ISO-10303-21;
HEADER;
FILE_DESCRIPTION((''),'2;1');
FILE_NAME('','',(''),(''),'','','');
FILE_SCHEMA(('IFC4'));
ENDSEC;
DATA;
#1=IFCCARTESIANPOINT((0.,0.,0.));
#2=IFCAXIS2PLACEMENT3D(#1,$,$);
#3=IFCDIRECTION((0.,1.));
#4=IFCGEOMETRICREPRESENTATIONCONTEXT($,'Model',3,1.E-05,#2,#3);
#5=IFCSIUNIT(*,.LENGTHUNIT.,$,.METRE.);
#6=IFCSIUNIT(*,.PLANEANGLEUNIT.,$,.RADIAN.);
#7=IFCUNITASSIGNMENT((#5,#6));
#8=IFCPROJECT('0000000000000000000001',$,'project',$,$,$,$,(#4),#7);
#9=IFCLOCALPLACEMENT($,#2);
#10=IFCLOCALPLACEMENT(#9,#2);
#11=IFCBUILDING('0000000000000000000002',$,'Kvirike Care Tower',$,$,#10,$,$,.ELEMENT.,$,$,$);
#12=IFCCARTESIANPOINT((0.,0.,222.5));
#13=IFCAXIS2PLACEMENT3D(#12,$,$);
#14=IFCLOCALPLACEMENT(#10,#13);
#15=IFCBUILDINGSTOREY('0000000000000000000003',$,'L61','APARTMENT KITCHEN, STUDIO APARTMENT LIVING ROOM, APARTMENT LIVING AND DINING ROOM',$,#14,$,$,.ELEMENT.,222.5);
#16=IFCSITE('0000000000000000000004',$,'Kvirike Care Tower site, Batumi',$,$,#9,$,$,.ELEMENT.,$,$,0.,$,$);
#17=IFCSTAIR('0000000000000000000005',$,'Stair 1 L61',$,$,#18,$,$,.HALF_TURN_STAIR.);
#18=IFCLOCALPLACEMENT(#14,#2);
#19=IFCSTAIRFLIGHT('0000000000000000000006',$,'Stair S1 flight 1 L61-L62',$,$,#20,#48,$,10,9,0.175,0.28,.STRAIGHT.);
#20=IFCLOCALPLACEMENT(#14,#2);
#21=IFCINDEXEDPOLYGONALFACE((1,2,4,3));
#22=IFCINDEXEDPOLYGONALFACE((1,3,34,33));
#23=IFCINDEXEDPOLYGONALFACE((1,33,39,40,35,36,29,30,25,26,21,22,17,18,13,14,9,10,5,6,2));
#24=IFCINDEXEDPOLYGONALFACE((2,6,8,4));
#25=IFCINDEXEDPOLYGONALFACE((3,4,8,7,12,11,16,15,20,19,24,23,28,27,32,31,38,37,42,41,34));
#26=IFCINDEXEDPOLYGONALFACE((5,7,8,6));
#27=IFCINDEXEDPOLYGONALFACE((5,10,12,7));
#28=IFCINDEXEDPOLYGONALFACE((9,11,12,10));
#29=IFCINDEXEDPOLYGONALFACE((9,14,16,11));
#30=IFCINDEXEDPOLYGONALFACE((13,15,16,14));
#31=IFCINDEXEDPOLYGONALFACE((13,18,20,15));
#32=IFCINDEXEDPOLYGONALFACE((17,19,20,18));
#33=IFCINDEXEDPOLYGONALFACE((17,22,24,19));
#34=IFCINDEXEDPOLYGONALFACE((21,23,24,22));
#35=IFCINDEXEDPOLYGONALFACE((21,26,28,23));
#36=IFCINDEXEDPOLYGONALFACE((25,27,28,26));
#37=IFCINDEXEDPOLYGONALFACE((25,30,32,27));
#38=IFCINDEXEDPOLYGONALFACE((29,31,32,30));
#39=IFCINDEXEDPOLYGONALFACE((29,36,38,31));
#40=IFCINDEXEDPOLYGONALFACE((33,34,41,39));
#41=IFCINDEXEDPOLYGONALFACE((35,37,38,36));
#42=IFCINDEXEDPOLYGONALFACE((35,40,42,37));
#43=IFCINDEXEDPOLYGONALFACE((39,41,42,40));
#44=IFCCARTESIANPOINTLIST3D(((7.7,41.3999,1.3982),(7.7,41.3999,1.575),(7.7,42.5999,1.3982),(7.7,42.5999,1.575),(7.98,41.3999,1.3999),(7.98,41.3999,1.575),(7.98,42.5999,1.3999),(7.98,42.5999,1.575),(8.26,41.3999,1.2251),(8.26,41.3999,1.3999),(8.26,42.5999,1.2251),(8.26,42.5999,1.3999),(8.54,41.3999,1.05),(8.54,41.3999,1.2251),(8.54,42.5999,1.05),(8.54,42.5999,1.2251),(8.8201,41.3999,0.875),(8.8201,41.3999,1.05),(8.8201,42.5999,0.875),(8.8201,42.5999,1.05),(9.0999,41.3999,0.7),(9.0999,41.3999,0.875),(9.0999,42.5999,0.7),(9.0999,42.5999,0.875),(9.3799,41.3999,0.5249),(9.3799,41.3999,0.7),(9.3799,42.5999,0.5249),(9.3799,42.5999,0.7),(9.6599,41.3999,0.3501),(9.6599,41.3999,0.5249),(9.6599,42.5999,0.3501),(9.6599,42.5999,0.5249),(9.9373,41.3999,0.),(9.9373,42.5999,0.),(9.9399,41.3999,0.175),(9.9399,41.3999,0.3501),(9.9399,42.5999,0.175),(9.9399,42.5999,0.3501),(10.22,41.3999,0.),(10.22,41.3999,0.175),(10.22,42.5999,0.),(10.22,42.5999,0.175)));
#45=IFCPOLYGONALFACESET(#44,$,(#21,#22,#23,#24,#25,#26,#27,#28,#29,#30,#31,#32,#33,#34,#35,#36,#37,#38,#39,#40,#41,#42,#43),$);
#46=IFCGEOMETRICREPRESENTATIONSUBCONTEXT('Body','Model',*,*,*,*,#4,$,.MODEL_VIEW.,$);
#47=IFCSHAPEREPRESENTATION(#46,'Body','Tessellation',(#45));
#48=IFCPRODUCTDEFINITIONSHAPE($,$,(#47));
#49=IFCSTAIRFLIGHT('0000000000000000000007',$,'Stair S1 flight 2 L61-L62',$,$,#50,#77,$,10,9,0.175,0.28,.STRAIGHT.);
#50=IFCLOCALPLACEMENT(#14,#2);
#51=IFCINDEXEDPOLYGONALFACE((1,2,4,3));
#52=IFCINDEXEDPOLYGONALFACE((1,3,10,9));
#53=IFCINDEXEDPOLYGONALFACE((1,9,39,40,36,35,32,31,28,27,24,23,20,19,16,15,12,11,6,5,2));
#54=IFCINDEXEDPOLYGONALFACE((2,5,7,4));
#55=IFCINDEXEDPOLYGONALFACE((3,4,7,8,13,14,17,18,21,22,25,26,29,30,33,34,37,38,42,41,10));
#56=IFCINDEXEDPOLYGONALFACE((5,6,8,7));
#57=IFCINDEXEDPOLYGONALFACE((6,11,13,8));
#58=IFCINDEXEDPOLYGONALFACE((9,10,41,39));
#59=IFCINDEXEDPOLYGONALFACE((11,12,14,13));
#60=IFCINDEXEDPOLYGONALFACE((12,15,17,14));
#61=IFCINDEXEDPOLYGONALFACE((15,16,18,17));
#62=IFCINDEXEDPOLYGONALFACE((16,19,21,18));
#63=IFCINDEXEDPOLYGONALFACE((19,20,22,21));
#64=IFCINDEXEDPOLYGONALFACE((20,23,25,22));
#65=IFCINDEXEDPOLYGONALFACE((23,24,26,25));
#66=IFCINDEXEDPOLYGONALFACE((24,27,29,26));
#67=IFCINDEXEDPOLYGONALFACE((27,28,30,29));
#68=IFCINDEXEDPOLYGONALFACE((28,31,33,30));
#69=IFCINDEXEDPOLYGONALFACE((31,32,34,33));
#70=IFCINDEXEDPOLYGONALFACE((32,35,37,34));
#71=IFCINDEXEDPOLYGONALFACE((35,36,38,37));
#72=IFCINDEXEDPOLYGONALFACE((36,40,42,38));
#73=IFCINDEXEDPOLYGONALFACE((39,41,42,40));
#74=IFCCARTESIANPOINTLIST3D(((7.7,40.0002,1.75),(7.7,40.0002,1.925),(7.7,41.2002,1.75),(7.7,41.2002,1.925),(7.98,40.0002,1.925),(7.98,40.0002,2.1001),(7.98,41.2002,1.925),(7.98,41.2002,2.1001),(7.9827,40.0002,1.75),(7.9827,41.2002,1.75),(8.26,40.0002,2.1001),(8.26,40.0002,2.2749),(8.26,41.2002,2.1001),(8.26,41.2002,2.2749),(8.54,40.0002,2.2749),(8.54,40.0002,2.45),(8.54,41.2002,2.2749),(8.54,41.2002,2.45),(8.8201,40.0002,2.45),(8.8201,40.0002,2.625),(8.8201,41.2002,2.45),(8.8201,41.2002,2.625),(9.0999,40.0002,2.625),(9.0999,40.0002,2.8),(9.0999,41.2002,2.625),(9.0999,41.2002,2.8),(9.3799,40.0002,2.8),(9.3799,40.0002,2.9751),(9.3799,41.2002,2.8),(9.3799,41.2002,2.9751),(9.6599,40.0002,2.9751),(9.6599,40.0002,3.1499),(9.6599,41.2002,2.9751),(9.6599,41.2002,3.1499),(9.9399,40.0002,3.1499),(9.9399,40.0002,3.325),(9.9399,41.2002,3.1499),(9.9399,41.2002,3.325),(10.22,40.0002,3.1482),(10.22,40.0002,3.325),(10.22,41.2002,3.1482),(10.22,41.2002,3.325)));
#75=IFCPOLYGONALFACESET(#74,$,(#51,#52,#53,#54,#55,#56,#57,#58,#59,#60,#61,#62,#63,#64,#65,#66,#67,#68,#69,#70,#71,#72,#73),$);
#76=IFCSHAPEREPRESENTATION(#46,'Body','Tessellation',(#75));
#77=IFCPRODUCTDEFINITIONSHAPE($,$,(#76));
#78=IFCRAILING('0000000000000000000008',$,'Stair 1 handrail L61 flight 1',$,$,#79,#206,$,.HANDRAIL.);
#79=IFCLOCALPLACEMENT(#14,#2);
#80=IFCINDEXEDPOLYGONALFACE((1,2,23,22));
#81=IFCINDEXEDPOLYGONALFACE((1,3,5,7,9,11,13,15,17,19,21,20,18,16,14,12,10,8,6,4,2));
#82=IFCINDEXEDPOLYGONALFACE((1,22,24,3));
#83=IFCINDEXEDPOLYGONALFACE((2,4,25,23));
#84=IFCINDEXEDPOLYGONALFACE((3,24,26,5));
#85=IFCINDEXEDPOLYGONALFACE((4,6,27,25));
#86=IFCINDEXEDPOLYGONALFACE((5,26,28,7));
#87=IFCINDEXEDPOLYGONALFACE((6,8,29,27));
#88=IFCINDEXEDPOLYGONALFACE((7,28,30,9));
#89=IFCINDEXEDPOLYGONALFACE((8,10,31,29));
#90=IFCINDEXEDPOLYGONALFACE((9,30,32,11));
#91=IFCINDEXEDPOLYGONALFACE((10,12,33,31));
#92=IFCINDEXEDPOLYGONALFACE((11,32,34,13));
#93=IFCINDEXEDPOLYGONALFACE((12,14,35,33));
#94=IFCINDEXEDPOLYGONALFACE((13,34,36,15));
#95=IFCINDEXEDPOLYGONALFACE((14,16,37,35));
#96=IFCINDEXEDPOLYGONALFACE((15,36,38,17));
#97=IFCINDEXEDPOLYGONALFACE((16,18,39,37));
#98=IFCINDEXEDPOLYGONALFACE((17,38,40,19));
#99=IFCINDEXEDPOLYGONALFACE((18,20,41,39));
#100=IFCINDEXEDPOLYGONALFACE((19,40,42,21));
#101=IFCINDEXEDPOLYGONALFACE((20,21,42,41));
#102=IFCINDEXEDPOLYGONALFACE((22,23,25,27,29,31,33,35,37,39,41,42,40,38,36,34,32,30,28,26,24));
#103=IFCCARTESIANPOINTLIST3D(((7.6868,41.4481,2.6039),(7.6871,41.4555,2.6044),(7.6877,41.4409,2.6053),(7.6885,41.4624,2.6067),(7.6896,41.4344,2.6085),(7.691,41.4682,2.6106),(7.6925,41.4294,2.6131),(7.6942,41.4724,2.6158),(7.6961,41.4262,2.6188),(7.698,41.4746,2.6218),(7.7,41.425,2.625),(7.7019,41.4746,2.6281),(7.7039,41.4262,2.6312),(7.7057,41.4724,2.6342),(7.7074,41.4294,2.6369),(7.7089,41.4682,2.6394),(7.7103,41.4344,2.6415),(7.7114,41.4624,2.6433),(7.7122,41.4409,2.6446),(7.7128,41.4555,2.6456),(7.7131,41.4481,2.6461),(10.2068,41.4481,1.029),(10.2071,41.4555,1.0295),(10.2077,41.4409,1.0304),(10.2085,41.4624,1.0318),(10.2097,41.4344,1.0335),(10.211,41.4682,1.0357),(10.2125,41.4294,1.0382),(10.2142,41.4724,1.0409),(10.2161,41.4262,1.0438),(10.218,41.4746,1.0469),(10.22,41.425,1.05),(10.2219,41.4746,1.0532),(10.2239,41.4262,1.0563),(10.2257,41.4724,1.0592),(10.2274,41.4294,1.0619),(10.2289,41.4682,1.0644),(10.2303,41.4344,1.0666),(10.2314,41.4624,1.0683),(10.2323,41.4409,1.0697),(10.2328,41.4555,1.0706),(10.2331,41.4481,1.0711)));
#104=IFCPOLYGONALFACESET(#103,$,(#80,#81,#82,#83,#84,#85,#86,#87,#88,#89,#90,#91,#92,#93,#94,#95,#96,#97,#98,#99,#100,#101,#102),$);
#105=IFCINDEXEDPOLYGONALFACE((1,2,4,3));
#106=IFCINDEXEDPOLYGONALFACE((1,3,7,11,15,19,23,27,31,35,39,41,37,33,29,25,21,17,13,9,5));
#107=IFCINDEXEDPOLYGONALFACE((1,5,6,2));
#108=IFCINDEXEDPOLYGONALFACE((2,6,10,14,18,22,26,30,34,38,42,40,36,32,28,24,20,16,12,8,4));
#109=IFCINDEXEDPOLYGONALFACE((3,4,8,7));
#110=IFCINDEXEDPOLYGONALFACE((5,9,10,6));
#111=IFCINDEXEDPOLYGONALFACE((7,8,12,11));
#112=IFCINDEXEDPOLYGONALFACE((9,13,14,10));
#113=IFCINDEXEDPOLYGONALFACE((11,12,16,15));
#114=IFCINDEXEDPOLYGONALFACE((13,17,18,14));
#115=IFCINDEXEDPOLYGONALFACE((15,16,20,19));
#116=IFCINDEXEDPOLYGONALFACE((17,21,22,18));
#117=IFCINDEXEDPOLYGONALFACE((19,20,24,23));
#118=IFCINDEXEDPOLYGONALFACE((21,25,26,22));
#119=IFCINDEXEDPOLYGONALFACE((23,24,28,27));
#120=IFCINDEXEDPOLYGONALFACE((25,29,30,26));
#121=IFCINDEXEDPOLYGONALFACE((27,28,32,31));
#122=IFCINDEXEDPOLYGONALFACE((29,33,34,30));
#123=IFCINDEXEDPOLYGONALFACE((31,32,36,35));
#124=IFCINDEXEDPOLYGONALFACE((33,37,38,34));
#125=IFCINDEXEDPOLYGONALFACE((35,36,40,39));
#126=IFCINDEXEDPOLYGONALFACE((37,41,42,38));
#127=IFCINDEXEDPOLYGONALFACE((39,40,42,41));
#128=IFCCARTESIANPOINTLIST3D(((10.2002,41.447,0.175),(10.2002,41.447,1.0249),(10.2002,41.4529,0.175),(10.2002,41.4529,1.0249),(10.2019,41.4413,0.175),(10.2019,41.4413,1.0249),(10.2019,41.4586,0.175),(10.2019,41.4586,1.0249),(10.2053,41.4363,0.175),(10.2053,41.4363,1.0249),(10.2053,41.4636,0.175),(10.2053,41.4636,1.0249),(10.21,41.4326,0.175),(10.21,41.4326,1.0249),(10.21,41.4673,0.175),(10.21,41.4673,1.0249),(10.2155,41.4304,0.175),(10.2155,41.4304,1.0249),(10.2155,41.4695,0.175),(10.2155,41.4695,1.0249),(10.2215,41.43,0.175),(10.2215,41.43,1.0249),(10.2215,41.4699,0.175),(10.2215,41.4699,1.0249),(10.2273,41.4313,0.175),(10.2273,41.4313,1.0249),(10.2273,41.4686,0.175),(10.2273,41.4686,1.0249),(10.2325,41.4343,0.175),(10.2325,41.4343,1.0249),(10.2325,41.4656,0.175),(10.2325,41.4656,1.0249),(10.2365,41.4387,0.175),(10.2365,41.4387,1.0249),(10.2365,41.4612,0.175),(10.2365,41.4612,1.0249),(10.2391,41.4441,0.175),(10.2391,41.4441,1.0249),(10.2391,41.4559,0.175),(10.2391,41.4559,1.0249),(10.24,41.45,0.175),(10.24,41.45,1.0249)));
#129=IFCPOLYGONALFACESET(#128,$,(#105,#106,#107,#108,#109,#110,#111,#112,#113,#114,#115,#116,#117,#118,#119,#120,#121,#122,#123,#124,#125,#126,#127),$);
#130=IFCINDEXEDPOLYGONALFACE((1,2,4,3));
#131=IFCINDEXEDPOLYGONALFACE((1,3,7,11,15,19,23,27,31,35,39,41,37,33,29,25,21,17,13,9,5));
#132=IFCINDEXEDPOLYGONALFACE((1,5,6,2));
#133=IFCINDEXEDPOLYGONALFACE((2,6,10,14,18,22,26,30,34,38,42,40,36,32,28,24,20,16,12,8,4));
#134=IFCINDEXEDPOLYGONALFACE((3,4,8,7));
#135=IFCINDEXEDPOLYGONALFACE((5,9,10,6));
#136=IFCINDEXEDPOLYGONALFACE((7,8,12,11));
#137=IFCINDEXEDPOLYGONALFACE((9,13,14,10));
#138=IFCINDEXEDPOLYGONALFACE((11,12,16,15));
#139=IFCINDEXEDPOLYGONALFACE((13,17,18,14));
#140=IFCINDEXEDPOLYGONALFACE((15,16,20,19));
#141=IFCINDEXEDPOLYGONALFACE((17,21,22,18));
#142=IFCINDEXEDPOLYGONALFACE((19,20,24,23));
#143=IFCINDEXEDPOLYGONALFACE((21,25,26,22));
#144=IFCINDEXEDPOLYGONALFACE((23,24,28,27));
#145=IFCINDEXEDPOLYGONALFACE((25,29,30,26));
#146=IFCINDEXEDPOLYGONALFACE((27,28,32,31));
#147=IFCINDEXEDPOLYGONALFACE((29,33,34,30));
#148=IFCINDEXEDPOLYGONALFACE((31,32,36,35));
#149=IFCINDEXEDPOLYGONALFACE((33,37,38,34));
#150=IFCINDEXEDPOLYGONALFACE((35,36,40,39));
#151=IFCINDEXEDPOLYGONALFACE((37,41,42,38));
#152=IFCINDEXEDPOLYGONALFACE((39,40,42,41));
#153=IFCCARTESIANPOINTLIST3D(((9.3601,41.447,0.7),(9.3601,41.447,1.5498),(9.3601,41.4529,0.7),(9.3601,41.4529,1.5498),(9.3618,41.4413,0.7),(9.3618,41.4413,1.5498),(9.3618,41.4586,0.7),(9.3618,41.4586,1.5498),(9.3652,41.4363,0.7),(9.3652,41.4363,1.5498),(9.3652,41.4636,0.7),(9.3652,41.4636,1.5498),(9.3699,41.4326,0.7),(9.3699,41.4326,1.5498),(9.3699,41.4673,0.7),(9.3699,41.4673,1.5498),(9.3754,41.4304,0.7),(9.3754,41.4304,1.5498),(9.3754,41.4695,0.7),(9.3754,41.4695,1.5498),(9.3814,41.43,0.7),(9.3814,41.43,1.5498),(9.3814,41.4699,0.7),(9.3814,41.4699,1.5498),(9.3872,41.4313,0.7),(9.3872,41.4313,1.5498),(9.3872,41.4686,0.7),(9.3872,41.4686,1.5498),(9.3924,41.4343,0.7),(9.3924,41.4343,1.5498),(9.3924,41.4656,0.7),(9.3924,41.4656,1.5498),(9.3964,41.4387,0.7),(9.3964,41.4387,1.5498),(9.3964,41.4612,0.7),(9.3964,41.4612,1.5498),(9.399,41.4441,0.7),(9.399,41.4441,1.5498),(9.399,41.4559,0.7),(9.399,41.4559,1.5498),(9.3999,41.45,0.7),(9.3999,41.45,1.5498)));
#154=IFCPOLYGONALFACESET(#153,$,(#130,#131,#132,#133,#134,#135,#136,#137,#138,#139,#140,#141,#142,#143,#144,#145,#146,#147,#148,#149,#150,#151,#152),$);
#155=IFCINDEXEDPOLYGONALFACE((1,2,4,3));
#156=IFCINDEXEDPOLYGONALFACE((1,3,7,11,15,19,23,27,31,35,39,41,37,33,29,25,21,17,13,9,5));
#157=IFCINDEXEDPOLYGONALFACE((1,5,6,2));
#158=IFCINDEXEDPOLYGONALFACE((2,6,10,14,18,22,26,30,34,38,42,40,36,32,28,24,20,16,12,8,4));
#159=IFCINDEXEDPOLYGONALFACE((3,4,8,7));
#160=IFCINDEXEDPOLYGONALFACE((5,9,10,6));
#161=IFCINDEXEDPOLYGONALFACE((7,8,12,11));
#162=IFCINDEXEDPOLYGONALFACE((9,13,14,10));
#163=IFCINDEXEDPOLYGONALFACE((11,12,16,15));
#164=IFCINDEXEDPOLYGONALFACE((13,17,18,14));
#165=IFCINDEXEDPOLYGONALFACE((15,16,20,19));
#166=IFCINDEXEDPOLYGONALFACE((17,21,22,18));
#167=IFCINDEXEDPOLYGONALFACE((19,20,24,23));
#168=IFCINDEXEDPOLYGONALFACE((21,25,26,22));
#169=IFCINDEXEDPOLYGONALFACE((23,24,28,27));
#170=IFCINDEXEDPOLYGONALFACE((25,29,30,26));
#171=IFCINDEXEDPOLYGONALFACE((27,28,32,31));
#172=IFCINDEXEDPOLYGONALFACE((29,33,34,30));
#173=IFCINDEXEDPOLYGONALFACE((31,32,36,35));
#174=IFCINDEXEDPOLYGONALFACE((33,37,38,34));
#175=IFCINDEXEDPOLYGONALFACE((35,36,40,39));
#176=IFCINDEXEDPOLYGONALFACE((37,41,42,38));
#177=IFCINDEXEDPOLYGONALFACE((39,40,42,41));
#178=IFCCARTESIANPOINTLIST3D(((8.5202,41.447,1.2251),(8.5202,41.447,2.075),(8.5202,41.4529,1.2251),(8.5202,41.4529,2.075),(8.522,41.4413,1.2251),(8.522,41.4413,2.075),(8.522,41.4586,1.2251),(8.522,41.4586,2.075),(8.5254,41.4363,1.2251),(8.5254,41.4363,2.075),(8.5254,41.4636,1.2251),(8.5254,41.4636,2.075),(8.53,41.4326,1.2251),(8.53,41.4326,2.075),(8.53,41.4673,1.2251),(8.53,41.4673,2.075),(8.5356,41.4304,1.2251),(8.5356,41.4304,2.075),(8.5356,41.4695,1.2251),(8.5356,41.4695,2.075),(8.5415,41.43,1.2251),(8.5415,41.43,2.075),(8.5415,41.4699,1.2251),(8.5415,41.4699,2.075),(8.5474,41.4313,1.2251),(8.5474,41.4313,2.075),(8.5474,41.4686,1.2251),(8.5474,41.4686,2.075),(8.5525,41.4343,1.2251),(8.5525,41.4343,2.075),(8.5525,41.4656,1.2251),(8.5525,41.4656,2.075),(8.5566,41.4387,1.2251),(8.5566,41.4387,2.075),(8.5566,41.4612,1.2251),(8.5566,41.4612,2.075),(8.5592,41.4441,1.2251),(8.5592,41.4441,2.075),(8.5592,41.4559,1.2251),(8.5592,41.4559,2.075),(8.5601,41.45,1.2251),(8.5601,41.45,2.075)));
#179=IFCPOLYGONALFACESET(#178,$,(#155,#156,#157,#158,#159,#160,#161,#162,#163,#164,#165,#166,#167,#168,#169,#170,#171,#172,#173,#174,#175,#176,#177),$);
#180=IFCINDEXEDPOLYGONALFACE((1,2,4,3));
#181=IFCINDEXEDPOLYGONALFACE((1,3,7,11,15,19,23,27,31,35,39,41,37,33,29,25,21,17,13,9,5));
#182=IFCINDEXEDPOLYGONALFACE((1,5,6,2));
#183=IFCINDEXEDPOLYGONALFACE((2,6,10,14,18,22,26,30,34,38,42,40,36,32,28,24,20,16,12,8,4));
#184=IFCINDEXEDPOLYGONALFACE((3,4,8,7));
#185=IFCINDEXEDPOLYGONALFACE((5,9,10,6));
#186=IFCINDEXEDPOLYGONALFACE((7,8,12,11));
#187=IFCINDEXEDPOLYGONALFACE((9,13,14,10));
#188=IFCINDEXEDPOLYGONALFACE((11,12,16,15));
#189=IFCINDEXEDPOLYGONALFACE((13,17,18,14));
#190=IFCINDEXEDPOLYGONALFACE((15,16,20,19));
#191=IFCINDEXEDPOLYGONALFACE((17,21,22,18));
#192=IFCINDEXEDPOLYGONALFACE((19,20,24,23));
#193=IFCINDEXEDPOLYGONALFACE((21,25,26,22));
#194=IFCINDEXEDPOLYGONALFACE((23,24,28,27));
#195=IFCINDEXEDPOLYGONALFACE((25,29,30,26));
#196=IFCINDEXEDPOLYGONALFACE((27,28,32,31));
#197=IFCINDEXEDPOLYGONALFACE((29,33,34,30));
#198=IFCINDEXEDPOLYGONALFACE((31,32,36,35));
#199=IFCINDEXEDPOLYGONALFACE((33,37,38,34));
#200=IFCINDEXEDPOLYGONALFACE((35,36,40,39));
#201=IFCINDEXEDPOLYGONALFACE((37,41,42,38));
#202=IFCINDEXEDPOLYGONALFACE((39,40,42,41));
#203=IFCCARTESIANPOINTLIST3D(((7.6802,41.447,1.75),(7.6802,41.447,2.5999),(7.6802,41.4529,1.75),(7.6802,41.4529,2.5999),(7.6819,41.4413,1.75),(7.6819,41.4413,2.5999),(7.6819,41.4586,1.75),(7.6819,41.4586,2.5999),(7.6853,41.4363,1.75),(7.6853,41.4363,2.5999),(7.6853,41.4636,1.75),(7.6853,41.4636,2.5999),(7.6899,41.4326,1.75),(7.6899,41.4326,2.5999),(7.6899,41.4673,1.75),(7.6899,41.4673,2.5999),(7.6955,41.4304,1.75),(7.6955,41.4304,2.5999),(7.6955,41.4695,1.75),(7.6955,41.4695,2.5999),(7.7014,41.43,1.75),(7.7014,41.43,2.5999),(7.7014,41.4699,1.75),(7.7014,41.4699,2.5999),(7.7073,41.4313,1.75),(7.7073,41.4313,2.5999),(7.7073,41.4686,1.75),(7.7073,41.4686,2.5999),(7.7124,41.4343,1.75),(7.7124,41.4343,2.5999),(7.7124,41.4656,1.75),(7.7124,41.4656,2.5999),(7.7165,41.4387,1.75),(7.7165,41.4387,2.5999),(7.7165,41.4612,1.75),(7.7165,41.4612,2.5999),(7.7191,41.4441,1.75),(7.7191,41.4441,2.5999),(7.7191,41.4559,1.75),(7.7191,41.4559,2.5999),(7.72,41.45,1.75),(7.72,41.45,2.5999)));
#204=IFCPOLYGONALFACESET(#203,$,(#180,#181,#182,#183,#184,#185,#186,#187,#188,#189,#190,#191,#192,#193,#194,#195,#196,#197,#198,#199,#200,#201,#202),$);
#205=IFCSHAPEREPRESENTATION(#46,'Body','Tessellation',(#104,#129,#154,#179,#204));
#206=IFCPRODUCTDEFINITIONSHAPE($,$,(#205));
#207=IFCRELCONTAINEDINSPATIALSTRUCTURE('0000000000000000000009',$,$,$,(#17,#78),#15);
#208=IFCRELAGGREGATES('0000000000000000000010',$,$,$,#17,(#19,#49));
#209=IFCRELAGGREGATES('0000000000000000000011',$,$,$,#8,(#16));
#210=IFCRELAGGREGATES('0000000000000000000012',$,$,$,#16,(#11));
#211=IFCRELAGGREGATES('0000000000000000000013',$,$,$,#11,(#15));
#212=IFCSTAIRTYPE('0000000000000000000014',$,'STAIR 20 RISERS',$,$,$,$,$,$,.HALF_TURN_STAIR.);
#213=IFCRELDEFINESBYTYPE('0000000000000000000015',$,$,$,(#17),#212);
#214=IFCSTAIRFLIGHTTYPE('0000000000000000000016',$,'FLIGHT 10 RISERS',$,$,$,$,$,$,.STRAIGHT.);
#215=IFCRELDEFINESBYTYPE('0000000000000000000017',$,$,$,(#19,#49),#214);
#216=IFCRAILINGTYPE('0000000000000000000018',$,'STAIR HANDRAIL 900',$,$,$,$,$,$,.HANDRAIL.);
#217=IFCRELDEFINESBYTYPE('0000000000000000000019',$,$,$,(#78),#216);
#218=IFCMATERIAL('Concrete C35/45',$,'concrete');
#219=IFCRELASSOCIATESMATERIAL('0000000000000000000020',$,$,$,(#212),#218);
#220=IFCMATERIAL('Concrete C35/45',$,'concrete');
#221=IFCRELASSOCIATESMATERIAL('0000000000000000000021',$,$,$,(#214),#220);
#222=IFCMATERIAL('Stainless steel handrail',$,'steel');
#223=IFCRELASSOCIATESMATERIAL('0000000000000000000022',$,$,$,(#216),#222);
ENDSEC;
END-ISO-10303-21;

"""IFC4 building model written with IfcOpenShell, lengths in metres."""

from ifc_helpers import new_model, si_unit, direction, frame, origin, origin_2d, place, context, subcontext, project, spatial, polyline, circle, outline, extrude, material, type_object, element, aggregate, save


model = new_model("IFC4")

# Units and contexts
model_context = context("Model", 3, precision=1e-05, world=origin(), true_north=direction((0.0, 1.0)))
body_context = subcontext(model_context, "Body", "Model", "MODEL_VIEW")
ifc_project = project(units=[si_unit("LENGTHUNIT", "METRE"), si_unit("PLANEANGLEUNIT", "RADIAN")], contexts=[model_context])

# Site, building, storey
site_placement = place(None, origin())
site = spatial("IfcSite", under=ifc_project, at=site_placement, Name="Kvirike Care Tower site, Batumi", CompositionType="ELEMENT", RefElevation=0.0)
building_placement = place(site_placement, origin())
building = spatial("IfcBuilding", under=site, at=building_placement, Name="Kvirike Care Tower", CompositionType="ELEMENT")
storey_placement = place(building_placement, frame((0.0, 0.0, 222.5)))
storey = spatial("IfcBuildingStorey", under=building, at=storey_placement, Name="L61", Description="APARTMENT KITCHEN, STUDIO APARTMENT LIVING ROOM, APARTMENT LIVING AND DINING ROOM", CompositionType="ELEMENT", Elevation=222.5)

# Stair, stair flights
ifc_material_1 = material(Name="Concrete C35/45", Category="concrete")
stair_type = type_object("IfcStairType", Name="STAIR 20 RISERS", PredefinedType="HALF_TURN_STAIR", material=ifc_material_1)
stair_placement = place(storey_placement, origin())
stair = element("IfcStair", 1, at=stair_placement, inside=storey, type_object=stair_type, Name="Stair 1 L61", PredefinedType="HALF_TURN_STAIR")
ifc_material_2 = material(Name="Concrete C35/45", Category="concrete")
stair_flight_type = type_object("IfcStairFlightType", Name="FLIGHT 10 RISERS", PredefinedType="STRAIGHT", material=ifc_material_2)
stair_flight_1_placement = place(storey_placement, frame((10.22, 42.0, 0.0), z_axis=(0.0, 0.0, 1.0), x_axis=(-1.0, 0.0, 0.0)))
stair_flight_1 = element("IfcStairFlight", 2, at=stair_flight_1_placement, type_object=stair_flight_type, Name="Stair S1 flight 1 L61-L62", NumberOfRisers=10, NumberOfTreads=9, PredefinedType="STRAIGHT", RiserHeight=0.175, TreadLength=0.28, context=body_context, shape_type="SweptSolid", body=[
    extrude(outline(polyline([(0.0, 0.0), (0.0, 0.175), (0.28, 0.175), (0.28, 0.3501), (0.5601, 0.3501), (0.5601, 0.5249), (0.8401, 0.5249), (0.8401, 0.7), (1.1201, 0.7), (1.1201, 0.875), (1.3999, 0.875), (1.3999, 1.05), (1.6799, 1.05), (1.6799, 1.2251), (1.96, 1.2251), (1.96, 1.3999), (2.24, 1.3999), (2.24, 1.575), (2.52, 1.575), (2.52, 1.75), (2.52, 1.3982), (0.2827, 0.0), (0.0, 0.0)])), frame((0.0, 0.6001, 0.0), z_axis=(0.0, -1.0, 0.0), x_axis=(1.0, 0.0, 0.0)), (0.0, 0.0, 1.0), 1.2),
])
stair_flight_2_placement = place(storey_placement, frame((7.7, 40.6001, 1.75), z_axis=(0.0, 0.0, 1.0), x_axis=(1.0, 0.0, 0.0)))
stair_flight_2 = element("IfcStairFlight", 3, at=stair_flight_2_placement, type_object=stair_flight_type, Name="Stair S1 flight 2 L61-L62", NumberOfRisers=10, NumberOfTreads=9, PredefinedType="STRAIGHT", RiserHeight=0.175, TreadLength=0.28, context=body_context, shape_type="SweptSolid", body=[
    extrude(outline(polyline([(0.0, 0.0), (0.0, 0.175), (0.28, 0.175), (0.28, 0.3501), (0.5601, 0.3501), (0.5601, 0.5249), (0.8401, 0.5249), (0.8401, 0.7), (1.1201, 0.7), (1.1201, 0.875), (1.3999, 0.875), (1.3999, 1.05), (1.6799, 1.05), (1.6799, 1.2251), (1.96, 1.2251), (1.96, 1.3999), (2.24, 1.3999), (2.24, 1.575), (2.52, 1.575), (2.52, 1.75), (2.52, 1.3982), (0.2827, 0.0), (0.0, 0.0)])), frame((0.0, 0.6001, 0.0), z_axis=(0.0, -1.0, 0.0), x_axis=(1.0, 0.0, 0.0)), (0.0, 0.0, 1.0), 1.2),
])
aggregate(stair, [stair_flight_1, stair_flight_2])

# Railing
ifc_material_3 = material(Name="Stainless steel handrail", Category="steel")
railing_type = type_object("IfcRailingType", Name="STAIR HANDRAIL 900", PredefinedType="HANDRAIL", material=ifc_material_3)
railing_1_placement = place(storey_placement, frame((10.22, 41.45, 0.175)))
element("IfcRailing", 4, at=railing_1_placement, inside=storey, type_object=railing_type, Name="Stair 1 handrail L61 flight 1", PredefinedType="HANDRAIL", context=body_context, shape_type="SweptSolid", body=[
    extrude(circle(Radius=0.0249, at=origin_2d()), frame((0.0, 0.0, 0.875), z_axis=(-0.848008, 0.0, 0.529984), x_axis=(0.0, -1.0, 0.0)), (0.0, 0.0, 1.0), 2.9717),
    extrude(circle(Radius=0.02, at=origin_2d()), origin(), (0.0, 0.0, 1.0), 0.8499),
    extrude(circle(Radius=0.02, at=origin_2d()), frame((-0.8401, 0.0, 0.5249)), (0.0, 0.0, 1.0), 0.8499),
    extrude(circle(Radius=0.02, at=origin_2d()), frame((-1.6799, 0.0, 1.05)), (0.0, 0.0, 1.0), 0.8499),
    extrude(circle(Radius=0.02, at=origin_2d()), frame((-2.52, 0.0, 1.575)), (0.0, 0.0, 1.0), 0.8499),
])

save(model, "model.ifc")
